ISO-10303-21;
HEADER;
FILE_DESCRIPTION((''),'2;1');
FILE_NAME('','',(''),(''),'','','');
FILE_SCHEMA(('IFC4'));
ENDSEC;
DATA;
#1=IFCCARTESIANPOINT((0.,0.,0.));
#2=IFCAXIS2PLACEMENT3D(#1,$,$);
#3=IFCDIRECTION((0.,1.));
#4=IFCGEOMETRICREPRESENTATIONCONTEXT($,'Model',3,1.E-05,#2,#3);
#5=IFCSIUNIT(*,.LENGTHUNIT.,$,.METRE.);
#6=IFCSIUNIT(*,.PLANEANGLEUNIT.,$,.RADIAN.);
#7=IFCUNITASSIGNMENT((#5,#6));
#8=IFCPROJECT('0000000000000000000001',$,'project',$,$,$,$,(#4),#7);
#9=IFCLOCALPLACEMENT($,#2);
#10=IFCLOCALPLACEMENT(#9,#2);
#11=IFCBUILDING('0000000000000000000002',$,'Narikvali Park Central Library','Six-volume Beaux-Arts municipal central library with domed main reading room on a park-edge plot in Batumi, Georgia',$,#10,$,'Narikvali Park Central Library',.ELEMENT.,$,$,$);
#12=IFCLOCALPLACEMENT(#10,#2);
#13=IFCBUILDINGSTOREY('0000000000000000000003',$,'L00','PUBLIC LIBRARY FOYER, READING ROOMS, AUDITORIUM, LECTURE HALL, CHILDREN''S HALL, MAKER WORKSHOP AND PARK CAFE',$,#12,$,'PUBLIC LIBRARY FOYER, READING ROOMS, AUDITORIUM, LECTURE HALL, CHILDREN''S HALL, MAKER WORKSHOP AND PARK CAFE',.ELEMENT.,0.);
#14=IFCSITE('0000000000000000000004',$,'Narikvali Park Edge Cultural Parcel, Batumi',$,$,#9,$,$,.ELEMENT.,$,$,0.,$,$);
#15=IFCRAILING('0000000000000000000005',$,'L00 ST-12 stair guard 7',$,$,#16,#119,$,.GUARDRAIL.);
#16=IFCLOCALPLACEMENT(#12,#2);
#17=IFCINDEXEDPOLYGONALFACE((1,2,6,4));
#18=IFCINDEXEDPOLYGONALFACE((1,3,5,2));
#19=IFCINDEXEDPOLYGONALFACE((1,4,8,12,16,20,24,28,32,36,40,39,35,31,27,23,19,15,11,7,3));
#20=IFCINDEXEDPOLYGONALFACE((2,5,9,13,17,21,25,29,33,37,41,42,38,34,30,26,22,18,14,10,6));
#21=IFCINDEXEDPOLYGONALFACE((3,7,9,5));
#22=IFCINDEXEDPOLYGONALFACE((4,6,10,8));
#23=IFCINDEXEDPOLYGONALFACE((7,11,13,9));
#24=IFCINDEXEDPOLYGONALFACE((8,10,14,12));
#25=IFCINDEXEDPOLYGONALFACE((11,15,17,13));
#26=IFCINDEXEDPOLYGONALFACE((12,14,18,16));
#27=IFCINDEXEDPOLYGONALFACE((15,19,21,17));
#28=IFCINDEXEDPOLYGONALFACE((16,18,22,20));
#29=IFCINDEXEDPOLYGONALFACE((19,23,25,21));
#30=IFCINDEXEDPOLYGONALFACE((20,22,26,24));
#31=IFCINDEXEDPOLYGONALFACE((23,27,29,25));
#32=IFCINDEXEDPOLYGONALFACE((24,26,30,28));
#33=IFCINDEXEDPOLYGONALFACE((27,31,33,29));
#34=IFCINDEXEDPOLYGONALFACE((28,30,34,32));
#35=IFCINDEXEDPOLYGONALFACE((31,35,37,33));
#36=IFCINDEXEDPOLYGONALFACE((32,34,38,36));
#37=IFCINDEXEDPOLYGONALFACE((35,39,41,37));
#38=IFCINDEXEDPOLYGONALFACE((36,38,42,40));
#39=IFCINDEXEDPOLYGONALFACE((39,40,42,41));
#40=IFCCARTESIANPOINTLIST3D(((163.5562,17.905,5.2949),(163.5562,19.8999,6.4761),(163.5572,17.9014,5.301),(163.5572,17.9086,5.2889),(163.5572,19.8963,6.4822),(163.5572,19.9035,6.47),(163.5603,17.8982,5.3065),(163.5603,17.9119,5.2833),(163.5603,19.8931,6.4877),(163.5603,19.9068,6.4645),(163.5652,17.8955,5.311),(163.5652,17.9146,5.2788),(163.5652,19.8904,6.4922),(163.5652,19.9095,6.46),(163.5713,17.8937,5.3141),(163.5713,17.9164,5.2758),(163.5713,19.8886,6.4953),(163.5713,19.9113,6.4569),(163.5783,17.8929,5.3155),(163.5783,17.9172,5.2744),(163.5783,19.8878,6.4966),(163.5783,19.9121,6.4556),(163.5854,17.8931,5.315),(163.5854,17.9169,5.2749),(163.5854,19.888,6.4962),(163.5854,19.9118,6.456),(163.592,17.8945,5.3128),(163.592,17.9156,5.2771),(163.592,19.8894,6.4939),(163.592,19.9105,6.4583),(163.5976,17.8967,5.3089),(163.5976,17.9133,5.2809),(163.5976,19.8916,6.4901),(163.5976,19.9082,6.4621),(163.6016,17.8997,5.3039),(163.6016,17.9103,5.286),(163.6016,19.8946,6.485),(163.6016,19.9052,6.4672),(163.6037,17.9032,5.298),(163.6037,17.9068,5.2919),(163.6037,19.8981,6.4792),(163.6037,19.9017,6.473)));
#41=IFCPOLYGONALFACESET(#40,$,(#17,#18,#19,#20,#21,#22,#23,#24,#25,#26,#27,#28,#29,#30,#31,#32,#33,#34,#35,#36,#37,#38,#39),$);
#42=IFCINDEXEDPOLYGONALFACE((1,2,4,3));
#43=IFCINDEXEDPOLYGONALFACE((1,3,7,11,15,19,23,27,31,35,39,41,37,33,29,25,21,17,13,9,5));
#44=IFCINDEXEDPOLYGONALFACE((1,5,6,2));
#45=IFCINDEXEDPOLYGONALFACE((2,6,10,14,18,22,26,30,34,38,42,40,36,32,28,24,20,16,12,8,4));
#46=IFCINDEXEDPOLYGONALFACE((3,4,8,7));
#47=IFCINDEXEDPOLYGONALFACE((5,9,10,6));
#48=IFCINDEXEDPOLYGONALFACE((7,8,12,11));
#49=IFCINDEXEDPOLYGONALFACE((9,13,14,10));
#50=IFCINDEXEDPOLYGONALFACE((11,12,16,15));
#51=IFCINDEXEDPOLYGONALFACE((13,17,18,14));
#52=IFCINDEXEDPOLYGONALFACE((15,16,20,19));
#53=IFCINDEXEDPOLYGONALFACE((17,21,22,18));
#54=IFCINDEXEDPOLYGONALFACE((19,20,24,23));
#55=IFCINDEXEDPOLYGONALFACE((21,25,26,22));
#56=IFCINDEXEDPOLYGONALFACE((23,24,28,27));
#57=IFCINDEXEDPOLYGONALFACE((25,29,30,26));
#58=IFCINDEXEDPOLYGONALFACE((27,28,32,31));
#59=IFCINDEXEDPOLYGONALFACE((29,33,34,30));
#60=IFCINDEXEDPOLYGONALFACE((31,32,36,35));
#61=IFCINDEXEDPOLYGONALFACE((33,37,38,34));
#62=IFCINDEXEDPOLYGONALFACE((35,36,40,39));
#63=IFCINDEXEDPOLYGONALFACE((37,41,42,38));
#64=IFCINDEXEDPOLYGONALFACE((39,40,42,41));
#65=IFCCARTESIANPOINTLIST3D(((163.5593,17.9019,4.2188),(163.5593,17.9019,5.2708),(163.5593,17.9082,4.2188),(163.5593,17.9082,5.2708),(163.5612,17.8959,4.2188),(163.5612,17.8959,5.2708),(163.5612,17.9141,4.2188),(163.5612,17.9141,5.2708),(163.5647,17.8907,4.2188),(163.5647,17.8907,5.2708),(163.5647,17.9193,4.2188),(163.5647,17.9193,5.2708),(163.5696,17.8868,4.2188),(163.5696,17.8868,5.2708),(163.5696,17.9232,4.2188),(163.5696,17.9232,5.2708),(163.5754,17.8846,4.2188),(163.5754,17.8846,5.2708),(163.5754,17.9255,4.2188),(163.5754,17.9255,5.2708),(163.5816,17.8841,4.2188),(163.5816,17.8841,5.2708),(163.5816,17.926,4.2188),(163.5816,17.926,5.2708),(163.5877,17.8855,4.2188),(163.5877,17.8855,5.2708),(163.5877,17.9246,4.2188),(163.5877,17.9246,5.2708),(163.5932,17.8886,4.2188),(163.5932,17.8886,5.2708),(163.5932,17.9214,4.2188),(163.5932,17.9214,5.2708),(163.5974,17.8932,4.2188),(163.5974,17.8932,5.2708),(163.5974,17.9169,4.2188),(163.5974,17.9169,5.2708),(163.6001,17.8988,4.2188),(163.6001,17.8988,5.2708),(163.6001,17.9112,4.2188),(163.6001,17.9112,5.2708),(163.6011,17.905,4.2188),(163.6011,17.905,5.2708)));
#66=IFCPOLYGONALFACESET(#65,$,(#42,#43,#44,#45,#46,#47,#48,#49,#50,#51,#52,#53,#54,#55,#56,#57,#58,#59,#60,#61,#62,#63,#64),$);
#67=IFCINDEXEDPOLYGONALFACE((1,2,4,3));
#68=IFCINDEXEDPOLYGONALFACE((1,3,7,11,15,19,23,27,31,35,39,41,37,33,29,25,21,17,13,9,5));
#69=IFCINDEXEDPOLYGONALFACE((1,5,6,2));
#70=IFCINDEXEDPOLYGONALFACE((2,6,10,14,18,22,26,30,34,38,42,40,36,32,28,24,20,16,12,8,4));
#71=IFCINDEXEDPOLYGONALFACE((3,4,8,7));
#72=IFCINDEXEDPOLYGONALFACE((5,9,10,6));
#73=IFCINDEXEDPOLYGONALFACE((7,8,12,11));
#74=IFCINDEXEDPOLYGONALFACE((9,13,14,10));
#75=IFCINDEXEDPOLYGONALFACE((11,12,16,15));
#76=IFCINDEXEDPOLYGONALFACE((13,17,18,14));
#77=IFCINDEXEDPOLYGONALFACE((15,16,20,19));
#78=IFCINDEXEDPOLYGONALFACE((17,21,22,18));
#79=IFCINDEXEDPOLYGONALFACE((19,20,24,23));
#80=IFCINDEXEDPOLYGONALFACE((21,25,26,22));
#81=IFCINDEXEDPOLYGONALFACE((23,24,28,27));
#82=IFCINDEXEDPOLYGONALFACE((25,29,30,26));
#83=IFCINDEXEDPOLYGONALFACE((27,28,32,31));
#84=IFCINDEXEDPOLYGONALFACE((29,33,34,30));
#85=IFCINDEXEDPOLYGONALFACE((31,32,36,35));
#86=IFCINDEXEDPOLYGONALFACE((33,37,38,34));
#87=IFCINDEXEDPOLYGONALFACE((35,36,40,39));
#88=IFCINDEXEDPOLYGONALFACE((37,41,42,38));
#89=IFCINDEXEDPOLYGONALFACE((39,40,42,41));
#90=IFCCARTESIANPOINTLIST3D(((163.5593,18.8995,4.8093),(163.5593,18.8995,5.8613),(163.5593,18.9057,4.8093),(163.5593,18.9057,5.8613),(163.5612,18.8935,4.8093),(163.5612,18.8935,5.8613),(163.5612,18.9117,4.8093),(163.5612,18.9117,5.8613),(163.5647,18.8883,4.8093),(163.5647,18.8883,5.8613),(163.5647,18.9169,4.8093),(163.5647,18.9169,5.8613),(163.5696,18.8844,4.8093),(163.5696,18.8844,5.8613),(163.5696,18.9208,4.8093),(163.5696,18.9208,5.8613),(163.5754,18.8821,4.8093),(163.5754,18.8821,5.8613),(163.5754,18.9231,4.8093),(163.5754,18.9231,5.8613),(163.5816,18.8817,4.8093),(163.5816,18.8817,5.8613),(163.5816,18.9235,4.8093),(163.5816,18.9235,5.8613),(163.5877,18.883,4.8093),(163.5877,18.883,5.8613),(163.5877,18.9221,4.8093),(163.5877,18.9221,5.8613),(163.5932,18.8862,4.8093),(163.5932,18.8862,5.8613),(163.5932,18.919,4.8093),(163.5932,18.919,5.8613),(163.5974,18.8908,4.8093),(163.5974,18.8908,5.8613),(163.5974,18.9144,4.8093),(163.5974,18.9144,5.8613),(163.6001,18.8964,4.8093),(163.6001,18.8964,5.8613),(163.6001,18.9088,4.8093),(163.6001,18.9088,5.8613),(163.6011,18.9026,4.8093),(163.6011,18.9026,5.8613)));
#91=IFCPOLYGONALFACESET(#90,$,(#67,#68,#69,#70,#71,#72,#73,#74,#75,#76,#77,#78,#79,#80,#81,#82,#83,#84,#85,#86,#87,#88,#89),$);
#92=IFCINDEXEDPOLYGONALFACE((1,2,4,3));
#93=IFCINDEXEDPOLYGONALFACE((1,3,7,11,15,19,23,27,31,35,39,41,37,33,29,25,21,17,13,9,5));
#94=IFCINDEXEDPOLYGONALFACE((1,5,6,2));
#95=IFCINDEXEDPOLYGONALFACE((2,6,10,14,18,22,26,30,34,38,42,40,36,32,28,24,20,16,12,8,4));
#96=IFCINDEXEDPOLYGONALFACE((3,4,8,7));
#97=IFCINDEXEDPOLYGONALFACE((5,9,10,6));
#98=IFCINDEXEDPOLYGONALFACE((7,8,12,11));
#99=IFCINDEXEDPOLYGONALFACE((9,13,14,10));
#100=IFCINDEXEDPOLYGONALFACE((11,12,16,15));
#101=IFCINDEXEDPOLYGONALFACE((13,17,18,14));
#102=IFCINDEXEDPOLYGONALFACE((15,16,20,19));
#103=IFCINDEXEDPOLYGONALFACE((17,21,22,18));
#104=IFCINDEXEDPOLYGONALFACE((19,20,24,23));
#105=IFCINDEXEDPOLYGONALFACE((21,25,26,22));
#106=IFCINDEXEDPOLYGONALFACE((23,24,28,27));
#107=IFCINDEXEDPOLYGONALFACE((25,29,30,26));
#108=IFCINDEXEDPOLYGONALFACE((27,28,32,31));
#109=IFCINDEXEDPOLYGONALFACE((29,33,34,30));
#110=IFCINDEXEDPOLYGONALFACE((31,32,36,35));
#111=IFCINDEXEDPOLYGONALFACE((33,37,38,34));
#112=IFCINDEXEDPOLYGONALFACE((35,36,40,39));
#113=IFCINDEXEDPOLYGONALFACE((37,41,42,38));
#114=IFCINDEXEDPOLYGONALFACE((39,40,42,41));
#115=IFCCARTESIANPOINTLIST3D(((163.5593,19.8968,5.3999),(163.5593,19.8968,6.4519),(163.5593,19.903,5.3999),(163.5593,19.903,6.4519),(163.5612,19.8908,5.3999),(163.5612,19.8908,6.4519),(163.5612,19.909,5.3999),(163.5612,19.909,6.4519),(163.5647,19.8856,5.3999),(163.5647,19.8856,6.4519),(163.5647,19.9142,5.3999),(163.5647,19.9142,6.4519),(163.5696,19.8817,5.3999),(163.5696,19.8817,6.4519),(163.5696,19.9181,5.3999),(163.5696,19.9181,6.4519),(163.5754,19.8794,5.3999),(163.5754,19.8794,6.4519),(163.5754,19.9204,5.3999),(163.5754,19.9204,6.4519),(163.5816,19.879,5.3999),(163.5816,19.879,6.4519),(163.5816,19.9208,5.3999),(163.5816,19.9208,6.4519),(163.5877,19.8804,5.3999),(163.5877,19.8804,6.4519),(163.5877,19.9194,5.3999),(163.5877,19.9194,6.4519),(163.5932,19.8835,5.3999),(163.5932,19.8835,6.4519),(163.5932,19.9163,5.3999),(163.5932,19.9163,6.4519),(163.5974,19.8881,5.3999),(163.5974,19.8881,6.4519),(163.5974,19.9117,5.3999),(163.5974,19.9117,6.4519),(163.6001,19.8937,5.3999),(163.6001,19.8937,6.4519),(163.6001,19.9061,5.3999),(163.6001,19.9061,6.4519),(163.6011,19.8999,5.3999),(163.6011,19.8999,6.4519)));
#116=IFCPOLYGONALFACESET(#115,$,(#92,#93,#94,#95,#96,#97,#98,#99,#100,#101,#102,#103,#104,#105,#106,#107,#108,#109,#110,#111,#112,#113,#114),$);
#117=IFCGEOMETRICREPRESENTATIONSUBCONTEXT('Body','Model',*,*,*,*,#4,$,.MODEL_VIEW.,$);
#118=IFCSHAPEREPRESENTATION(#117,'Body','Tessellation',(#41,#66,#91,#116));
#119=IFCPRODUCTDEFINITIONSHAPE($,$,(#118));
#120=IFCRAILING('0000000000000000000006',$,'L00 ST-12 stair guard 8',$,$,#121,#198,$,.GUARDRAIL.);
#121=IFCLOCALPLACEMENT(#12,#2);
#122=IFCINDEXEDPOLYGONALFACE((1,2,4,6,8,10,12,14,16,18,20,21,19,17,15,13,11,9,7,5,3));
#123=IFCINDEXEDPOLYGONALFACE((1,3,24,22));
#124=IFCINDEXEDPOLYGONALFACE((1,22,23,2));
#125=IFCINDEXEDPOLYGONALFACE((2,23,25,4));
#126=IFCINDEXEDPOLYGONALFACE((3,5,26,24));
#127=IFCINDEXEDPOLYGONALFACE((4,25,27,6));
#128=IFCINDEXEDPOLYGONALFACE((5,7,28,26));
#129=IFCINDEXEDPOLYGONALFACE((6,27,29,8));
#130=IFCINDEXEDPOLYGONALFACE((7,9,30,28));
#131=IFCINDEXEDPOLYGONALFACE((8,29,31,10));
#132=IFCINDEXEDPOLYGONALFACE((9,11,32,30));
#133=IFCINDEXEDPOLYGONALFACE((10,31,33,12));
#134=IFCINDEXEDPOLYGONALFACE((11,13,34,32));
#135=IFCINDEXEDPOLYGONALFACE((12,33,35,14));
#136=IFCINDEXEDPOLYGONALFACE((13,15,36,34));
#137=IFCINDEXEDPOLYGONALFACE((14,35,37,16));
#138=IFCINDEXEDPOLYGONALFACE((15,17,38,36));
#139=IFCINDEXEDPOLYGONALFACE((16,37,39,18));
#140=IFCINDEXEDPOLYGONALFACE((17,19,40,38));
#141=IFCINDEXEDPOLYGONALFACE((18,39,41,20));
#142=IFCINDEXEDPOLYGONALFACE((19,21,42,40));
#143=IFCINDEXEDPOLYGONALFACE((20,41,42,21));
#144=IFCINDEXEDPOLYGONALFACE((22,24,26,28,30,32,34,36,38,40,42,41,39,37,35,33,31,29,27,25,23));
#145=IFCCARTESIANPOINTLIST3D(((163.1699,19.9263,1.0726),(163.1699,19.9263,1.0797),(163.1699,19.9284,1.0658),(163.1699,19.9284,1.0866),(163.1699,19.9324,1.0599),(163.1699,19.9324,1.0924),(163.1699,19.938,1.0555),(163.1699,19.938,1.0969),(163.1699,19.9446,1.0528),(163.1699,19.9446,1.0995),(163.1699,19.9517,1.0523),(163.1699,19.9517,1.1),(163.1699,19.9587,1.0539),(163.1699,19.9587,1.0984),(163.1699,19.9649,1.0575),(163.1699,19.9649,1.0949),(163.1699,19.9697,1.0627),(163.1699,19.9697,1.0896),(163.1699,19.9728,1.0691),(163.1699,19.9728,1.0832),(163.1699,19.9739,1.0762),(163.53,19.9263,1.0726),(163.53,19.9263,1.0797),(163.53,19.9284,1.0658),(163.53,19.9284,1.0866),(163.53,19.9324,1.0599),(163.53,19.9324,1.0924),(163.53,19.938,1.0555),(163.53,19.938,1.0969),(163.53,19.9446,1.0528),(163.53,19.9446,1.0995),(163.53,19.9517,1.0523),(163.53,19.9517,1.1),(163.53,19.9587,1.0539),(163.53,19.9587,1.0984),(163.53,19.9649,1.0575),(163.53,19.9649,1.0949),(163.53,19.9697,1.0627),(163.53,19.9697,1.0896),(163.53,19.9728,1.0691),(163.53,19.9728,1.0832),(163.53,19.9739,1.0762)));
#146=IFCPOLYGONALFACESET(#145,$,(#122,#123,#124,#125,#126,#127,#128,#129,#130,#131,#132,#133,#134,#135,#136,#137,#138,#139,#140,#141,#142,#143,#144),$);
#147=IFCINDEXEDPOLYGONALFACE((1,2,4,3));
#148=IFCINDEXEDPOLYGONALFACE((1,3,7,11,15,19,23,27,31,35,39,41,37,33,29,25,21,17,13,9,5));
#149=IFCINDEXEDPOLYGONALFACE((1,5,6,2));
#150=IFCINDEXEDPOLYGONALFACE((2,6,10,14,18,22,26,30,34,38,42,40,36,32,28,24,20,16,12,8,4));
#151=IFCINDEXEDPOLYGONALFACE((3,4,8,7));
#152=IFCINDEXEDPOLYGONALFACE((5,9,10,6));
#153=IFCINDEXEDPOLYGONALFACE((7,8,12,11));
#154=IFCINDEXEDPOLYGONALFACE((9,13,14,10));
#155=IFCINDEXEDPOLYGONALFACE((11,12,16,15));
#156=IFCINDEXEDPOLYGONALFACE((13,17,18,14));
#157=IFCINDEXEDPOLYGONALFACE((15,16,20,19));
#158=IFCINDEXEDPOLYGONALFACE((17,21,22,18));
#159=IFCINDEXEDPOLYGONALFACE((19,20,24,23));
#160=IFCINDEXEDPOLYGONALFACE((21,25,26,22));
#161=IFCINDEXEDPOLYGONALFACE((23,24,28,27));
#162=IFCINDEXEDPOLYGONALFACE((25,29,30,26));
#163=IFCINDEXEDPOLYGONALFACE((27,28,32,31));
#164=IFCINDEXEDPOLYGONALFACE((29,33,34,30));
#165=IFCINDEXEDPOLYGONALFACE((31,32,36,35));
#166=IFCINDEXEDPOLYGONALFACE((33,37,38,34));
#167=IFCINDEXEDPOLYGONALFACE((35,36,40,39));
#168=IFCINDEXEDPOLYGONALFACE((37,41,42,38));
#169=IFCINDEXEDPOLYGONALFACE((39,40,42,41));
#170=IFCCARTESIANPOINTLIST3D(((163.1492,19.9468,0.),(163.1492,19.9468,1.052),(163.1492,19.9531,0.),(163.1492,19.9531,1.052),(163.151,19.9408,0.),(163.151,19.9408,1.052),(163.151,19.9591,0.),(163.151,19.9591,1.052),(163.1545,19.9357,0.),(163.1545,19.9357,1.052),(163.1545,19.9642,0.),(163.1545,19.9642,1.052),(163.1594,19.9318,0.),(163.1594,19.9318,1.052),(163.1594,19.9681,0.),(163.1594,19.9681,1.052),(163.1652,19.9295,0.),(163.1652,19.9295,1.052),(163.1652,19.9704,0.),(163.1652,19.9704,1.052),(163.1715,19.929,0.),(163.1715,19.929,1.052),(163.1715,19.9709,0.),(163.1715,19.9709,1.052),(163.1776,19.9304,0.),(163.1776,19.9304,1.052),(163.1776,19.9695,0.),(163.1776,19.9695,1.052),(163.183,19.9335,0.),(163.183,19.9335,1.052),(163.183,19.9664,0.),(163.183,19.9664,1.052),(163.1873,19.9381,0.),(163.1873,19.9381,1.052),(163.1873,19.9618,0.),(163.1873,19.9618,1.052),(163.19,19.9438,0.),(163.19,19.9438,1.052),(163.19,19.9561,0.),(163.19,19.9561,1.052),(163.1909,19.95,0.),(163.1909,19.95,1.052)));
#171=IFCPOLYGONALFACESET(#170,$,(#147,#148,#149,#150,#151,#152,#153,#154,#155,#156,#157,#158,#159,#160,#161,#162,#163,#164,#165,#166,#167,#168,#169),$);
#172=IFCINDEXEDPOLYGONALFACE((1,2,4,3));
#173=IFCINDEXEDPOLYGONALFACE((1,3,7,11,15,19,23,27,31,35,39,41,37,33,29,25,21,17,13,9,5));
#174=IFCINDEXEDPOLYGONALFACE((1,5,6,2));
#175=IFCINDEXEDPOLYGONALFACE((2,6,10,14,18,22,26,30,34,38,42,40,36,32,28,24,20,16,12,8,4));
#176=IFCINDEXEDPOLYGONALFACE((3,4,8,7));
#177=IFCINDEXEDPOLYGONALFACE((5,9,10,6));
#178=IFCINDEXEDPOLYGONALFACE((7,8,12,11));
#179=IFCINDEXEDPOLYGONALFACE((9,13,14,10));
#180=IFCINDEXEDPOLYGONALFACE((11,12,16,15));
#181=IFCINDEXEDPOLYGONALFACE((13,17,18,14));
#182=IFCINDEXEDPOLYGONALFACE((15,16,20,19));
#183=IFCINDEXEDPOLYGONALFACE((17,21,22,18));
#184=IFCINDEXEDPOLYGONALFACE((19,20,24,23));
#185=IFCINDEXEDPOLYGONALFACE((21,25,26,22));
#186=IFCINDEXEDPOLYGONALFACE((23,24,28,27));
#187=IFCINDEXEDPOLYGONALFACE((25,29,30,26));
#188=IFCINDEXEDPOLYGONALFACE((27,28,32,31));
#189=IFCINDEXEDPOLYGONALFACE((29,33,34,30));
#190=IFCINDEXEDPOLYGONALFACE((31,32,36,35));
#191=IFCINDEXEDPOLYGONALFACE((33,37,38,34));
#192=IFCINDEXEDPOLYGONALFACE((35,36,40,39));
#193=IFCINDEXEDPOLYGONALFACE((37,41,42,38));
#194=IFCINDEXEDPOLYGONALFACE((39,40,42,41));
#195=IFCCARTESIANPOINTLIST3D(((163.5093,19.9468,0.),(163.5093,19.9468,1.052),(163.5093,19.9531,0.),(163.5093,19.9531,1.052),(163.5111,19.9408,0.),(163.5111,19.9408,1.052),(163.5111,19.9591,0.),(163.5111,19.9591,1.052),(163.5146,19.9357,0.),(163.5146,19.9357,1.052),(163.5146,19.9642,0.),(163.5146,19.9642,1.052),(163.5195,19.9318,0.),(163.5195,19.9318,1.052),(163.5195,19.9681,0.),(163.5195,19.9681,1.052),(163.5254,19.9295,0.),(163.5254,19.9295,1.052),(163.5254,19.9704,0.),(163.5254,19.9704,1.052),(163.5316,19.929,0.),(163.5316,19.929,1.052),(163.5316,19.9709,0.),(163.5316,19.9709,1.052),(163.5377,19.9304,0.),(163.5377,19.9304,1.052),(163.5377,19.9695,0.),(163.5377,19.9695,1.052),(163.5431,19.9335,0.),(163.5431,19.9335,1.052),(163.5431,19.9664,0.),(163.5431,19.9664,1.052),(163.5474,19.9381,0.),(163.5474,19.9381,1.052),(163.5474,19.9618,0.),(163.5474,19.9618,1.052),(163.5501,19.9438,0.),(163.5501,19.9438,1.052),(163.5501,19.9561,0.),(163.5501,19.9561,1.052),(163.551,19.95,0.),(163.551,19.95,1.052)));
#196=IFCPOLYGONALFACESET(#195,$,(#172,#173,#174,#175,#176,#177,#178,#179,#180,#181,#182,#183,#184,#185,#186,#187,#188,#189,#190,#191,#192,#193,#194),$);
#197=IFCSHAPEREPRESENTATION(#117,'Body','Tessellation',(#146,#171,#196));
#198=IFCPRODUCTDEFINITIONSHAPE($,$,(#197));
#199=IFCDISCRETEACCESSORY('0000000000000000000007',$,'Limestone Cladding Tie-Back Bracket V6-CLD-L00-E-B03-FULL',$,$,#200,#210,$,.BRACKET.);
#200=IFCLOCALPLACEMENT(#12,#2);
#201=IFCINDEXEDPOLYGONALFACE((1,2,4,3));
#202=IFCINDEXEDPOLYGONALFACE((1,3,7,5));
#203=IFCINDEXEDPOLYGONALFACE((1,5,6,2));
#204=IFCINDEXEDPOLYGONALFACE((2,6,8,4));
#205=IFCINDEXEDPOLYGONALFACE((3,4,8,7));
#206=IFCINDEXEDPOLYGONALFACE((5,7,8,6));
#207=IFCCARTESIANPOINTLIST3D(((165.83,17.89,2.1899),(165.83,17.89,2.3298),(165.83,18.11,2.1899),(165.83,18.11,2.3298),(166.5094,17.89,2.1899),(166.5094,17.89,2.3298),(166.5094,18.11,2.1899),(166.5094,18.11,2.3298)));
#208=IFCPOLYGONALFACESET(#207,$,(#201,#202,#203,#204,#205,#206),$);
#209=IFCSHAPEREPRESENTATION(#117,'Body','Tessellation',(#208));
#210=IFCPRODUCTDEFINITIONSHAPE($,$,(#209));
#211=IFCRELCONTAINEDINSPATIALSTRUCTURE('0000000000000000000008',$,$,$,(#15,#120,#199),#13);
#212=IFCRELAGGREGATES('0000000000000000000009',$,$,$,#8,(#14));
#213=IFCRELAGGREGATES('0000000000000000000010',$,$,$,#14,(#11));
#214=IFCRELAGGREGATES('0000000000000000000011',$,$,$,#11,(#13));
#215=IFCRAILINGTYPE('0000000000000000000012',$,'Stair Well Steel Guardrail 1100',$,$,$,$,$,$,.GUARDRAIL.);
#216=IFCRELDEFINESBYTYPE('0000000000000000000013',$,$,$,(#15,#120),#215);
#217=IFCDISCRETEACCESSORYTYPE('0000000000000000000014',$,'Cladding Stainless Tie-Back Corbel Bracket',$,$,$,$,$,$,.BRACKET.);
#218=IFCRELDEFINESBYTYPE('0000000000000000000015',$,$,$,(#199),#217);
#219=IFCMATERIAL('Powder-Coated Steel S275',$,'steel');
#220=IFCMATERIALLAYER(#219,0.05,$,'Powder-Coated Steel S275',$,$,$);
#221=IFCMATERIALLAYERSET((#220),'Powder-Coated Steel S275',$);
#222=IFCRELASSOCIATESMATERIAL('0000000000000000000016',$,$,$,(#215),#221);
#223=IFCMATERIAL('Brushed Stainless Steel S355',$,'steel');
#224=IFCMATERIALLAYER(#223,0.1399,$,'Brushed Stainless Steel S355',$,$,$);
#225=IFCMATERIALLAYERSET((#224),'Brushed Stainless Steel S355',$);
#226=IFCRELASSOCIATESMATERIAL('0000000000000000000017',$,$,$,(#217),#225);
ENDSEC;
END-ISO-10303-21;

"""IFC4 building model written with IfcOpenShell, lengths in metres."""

from ifc_helpers import new_model, si_unit, direction, frame, origin, origin_2d, place, context, subcontext, project, spatial, rectangle, circle, extrude, material, layer, layer_set, type_object, element, save


model = new_model("IFC4")

# Units and contexts
model_context = context("Model", 3, precision=1e-05, world=origin(), true_north=direction((0.0, 1.0)))
body_context = subcontext(model_context, "Body", "Model", "MODEL_VIEW")
ifc_project = project(units=[si_unit("LENGTHUNIT", "METRE"), si_unit("PLANEANGLEUNIT", "RADIAN")], contexts=[model_context])

# Site, building, storey
site_placement = place(None, origin())
site = spatial("IfcSite", under=ifc_project, at=site_placement, Name="Narikvali Park Edge Cultural Parcel, Batumi", CompositionType="ELEMENT", RefElevation=0.0)
building_placement = place(site_placement, origin())
building = spatial("IfcBuilding", under=site, at=building_placement, Name="Narikvali Park Central Library", Description="Six-volume Beaux-Arts municipal central library with domed main reading room on a park-edge plot in Batumi, Georgia", LongName="Narikvali Park Central Library", CompositionType="ELEMENT")
storey_placement = place(building_placement, origin())
storey = spatial("IfcBuildingStorey", under=building, at=storey_placement, Name="L00", Description="PUBLIC LIBRARY FOYER, READING ROOMS, AUDITORIUM, LECTURE HALL, CHILDREN'S HALL, MAKER WORKSHOP AND PARK CAFE", LongName="PUBLIC LIBRARY FOYER, READING ROOMS, AUDITORIUM, LECTURE HALL, CHILDREN'S HALL, MAKER WORKSHOP AND PARK CAFE", CompositionType="ELEMENT", Elevation=0.0)

# Railings
ifc_material_1 = material(Name="Brushed Stainless Steel S355", Category="steel")
ifc_material_2 = material(Name="Powder-Coated Steel S275", Category="steel")
ifc_layer_1 = layer(ifc_material_2, 0.05, Name="Powder-Coated Steel S275")
ifc_layer_set_1 = layer_set([ifc_layer_1], Name="Powder-Coated Steel S275")
railing_type_1 = type_object("IfcRailingType", Name="Stair Well Steel Guardrail 1100", PredefinedType="GUARDRAIL", material=ifc_layer_set_1)
railing_1_placement = place(storey_placement, frame((163.5801, 17.905, 4.2188)))
element("IfcRailing", 1, at=railing_1_placement, inside=storey, type_object=railing_type_1, Name="L00 ST-12 stair guard 7", PredefinedType="GUARDRAIL", context=body_context, shape_type="SweptSolid", body=[
    extrude(circle(Radius=0.0239, at=origin_2d()), frame((0.0, 0.0, 1.0762), z_axis=(0.0, 0.86048, 0.509485), x_axis=(-1.0, 0.0, 0.0)), (0.0, 0.0, 1.0), 2.3184),
    extrude(circle(Radius=0.021, at=origin_2d()), origin(), (0.0, 0.0, 1.0), 1.052),
    extrude(circle(Radius=0.021, at=origin_2d()), frame((0.0, 0.9976, 0.5906)), (0.0, 0.0, 1.0), 1.052),
    extrude(circle(Radius=0.021, at=origin_2d()), frame((0.0, 1.9949, 1.1812)), (0.0, 0.0, 1.0), 1.052),
])
railing_2_placement = place(storey_placement, frame((163.1699, 19.95, 0.0)))
element("IfcRailing", 2, at=railing_2_placement, inside=storey, type_object=railing_type_1, Name="L00 ST-12 stair guard 8", PredefinedType="GUARDRAIL", context=body_context, shape_type="SweptSolid", body=[
    extrude(circle(Radius=0.0239, at=origin_2d()), frame((0.0, 0.0, 1.0762), z_axis=(1.0, 0.0, 0.0), x_axis=(0.0, 1.0, 0.0)), (0.0, 0.0, 1.0), 0.3601),
    extrude(circle(Radius=0.021, at=origin_2d()), origin(), (0.0, 0.0, 1.0), 1.052),
    extrude(circle(Radius=0.021, at=origin_2d()), frame((0.3601, 0.0, 0.0)), (0.0, 0.0, 1.0), 1.052),
])

# Discrete accessory
ifc_layer_2 = layer(ifc_material_1, 0.1399, Name="Brushed Stainless Steel S355")
ifc_layer_set_2 = layer_set([ifc_layer_2], Name="Brushed Stainless Steel S355")
discrete_accessory_type = type_object("IfcDiscreteAccessoryType", Name="Cladding Stainless Tie-Back Corbel Bracket", PredefinedType="BRACKET", material=ifc_layer_set_2)
discrete_accessory_1_placement = place(storey_placement, frame((166.1697, 18.0, 2.1899), z_axis=(0.0, 0.0, 1.0), x_axis=(1.0, 0.0, 0.0)))
element("IfcDiscreteAccessory", 3, at=discrete_accessory_1_placement, inside=storey, type_object=discrete_accessory_type, Name="Limestone Cladding Tie-Back Bracket V6-CLD-L00-E-B03-FULL", PredefinedType="BRACKET", context=body_context, shape_type="SweptSolid", body=[
    extrude(rectangle(XDim=0.6794, YDim=0.22, at=origin_2d()), origin(), (0.0, 0.0, 1.0), 0.1399),
])

save(model, "model.ifc")
